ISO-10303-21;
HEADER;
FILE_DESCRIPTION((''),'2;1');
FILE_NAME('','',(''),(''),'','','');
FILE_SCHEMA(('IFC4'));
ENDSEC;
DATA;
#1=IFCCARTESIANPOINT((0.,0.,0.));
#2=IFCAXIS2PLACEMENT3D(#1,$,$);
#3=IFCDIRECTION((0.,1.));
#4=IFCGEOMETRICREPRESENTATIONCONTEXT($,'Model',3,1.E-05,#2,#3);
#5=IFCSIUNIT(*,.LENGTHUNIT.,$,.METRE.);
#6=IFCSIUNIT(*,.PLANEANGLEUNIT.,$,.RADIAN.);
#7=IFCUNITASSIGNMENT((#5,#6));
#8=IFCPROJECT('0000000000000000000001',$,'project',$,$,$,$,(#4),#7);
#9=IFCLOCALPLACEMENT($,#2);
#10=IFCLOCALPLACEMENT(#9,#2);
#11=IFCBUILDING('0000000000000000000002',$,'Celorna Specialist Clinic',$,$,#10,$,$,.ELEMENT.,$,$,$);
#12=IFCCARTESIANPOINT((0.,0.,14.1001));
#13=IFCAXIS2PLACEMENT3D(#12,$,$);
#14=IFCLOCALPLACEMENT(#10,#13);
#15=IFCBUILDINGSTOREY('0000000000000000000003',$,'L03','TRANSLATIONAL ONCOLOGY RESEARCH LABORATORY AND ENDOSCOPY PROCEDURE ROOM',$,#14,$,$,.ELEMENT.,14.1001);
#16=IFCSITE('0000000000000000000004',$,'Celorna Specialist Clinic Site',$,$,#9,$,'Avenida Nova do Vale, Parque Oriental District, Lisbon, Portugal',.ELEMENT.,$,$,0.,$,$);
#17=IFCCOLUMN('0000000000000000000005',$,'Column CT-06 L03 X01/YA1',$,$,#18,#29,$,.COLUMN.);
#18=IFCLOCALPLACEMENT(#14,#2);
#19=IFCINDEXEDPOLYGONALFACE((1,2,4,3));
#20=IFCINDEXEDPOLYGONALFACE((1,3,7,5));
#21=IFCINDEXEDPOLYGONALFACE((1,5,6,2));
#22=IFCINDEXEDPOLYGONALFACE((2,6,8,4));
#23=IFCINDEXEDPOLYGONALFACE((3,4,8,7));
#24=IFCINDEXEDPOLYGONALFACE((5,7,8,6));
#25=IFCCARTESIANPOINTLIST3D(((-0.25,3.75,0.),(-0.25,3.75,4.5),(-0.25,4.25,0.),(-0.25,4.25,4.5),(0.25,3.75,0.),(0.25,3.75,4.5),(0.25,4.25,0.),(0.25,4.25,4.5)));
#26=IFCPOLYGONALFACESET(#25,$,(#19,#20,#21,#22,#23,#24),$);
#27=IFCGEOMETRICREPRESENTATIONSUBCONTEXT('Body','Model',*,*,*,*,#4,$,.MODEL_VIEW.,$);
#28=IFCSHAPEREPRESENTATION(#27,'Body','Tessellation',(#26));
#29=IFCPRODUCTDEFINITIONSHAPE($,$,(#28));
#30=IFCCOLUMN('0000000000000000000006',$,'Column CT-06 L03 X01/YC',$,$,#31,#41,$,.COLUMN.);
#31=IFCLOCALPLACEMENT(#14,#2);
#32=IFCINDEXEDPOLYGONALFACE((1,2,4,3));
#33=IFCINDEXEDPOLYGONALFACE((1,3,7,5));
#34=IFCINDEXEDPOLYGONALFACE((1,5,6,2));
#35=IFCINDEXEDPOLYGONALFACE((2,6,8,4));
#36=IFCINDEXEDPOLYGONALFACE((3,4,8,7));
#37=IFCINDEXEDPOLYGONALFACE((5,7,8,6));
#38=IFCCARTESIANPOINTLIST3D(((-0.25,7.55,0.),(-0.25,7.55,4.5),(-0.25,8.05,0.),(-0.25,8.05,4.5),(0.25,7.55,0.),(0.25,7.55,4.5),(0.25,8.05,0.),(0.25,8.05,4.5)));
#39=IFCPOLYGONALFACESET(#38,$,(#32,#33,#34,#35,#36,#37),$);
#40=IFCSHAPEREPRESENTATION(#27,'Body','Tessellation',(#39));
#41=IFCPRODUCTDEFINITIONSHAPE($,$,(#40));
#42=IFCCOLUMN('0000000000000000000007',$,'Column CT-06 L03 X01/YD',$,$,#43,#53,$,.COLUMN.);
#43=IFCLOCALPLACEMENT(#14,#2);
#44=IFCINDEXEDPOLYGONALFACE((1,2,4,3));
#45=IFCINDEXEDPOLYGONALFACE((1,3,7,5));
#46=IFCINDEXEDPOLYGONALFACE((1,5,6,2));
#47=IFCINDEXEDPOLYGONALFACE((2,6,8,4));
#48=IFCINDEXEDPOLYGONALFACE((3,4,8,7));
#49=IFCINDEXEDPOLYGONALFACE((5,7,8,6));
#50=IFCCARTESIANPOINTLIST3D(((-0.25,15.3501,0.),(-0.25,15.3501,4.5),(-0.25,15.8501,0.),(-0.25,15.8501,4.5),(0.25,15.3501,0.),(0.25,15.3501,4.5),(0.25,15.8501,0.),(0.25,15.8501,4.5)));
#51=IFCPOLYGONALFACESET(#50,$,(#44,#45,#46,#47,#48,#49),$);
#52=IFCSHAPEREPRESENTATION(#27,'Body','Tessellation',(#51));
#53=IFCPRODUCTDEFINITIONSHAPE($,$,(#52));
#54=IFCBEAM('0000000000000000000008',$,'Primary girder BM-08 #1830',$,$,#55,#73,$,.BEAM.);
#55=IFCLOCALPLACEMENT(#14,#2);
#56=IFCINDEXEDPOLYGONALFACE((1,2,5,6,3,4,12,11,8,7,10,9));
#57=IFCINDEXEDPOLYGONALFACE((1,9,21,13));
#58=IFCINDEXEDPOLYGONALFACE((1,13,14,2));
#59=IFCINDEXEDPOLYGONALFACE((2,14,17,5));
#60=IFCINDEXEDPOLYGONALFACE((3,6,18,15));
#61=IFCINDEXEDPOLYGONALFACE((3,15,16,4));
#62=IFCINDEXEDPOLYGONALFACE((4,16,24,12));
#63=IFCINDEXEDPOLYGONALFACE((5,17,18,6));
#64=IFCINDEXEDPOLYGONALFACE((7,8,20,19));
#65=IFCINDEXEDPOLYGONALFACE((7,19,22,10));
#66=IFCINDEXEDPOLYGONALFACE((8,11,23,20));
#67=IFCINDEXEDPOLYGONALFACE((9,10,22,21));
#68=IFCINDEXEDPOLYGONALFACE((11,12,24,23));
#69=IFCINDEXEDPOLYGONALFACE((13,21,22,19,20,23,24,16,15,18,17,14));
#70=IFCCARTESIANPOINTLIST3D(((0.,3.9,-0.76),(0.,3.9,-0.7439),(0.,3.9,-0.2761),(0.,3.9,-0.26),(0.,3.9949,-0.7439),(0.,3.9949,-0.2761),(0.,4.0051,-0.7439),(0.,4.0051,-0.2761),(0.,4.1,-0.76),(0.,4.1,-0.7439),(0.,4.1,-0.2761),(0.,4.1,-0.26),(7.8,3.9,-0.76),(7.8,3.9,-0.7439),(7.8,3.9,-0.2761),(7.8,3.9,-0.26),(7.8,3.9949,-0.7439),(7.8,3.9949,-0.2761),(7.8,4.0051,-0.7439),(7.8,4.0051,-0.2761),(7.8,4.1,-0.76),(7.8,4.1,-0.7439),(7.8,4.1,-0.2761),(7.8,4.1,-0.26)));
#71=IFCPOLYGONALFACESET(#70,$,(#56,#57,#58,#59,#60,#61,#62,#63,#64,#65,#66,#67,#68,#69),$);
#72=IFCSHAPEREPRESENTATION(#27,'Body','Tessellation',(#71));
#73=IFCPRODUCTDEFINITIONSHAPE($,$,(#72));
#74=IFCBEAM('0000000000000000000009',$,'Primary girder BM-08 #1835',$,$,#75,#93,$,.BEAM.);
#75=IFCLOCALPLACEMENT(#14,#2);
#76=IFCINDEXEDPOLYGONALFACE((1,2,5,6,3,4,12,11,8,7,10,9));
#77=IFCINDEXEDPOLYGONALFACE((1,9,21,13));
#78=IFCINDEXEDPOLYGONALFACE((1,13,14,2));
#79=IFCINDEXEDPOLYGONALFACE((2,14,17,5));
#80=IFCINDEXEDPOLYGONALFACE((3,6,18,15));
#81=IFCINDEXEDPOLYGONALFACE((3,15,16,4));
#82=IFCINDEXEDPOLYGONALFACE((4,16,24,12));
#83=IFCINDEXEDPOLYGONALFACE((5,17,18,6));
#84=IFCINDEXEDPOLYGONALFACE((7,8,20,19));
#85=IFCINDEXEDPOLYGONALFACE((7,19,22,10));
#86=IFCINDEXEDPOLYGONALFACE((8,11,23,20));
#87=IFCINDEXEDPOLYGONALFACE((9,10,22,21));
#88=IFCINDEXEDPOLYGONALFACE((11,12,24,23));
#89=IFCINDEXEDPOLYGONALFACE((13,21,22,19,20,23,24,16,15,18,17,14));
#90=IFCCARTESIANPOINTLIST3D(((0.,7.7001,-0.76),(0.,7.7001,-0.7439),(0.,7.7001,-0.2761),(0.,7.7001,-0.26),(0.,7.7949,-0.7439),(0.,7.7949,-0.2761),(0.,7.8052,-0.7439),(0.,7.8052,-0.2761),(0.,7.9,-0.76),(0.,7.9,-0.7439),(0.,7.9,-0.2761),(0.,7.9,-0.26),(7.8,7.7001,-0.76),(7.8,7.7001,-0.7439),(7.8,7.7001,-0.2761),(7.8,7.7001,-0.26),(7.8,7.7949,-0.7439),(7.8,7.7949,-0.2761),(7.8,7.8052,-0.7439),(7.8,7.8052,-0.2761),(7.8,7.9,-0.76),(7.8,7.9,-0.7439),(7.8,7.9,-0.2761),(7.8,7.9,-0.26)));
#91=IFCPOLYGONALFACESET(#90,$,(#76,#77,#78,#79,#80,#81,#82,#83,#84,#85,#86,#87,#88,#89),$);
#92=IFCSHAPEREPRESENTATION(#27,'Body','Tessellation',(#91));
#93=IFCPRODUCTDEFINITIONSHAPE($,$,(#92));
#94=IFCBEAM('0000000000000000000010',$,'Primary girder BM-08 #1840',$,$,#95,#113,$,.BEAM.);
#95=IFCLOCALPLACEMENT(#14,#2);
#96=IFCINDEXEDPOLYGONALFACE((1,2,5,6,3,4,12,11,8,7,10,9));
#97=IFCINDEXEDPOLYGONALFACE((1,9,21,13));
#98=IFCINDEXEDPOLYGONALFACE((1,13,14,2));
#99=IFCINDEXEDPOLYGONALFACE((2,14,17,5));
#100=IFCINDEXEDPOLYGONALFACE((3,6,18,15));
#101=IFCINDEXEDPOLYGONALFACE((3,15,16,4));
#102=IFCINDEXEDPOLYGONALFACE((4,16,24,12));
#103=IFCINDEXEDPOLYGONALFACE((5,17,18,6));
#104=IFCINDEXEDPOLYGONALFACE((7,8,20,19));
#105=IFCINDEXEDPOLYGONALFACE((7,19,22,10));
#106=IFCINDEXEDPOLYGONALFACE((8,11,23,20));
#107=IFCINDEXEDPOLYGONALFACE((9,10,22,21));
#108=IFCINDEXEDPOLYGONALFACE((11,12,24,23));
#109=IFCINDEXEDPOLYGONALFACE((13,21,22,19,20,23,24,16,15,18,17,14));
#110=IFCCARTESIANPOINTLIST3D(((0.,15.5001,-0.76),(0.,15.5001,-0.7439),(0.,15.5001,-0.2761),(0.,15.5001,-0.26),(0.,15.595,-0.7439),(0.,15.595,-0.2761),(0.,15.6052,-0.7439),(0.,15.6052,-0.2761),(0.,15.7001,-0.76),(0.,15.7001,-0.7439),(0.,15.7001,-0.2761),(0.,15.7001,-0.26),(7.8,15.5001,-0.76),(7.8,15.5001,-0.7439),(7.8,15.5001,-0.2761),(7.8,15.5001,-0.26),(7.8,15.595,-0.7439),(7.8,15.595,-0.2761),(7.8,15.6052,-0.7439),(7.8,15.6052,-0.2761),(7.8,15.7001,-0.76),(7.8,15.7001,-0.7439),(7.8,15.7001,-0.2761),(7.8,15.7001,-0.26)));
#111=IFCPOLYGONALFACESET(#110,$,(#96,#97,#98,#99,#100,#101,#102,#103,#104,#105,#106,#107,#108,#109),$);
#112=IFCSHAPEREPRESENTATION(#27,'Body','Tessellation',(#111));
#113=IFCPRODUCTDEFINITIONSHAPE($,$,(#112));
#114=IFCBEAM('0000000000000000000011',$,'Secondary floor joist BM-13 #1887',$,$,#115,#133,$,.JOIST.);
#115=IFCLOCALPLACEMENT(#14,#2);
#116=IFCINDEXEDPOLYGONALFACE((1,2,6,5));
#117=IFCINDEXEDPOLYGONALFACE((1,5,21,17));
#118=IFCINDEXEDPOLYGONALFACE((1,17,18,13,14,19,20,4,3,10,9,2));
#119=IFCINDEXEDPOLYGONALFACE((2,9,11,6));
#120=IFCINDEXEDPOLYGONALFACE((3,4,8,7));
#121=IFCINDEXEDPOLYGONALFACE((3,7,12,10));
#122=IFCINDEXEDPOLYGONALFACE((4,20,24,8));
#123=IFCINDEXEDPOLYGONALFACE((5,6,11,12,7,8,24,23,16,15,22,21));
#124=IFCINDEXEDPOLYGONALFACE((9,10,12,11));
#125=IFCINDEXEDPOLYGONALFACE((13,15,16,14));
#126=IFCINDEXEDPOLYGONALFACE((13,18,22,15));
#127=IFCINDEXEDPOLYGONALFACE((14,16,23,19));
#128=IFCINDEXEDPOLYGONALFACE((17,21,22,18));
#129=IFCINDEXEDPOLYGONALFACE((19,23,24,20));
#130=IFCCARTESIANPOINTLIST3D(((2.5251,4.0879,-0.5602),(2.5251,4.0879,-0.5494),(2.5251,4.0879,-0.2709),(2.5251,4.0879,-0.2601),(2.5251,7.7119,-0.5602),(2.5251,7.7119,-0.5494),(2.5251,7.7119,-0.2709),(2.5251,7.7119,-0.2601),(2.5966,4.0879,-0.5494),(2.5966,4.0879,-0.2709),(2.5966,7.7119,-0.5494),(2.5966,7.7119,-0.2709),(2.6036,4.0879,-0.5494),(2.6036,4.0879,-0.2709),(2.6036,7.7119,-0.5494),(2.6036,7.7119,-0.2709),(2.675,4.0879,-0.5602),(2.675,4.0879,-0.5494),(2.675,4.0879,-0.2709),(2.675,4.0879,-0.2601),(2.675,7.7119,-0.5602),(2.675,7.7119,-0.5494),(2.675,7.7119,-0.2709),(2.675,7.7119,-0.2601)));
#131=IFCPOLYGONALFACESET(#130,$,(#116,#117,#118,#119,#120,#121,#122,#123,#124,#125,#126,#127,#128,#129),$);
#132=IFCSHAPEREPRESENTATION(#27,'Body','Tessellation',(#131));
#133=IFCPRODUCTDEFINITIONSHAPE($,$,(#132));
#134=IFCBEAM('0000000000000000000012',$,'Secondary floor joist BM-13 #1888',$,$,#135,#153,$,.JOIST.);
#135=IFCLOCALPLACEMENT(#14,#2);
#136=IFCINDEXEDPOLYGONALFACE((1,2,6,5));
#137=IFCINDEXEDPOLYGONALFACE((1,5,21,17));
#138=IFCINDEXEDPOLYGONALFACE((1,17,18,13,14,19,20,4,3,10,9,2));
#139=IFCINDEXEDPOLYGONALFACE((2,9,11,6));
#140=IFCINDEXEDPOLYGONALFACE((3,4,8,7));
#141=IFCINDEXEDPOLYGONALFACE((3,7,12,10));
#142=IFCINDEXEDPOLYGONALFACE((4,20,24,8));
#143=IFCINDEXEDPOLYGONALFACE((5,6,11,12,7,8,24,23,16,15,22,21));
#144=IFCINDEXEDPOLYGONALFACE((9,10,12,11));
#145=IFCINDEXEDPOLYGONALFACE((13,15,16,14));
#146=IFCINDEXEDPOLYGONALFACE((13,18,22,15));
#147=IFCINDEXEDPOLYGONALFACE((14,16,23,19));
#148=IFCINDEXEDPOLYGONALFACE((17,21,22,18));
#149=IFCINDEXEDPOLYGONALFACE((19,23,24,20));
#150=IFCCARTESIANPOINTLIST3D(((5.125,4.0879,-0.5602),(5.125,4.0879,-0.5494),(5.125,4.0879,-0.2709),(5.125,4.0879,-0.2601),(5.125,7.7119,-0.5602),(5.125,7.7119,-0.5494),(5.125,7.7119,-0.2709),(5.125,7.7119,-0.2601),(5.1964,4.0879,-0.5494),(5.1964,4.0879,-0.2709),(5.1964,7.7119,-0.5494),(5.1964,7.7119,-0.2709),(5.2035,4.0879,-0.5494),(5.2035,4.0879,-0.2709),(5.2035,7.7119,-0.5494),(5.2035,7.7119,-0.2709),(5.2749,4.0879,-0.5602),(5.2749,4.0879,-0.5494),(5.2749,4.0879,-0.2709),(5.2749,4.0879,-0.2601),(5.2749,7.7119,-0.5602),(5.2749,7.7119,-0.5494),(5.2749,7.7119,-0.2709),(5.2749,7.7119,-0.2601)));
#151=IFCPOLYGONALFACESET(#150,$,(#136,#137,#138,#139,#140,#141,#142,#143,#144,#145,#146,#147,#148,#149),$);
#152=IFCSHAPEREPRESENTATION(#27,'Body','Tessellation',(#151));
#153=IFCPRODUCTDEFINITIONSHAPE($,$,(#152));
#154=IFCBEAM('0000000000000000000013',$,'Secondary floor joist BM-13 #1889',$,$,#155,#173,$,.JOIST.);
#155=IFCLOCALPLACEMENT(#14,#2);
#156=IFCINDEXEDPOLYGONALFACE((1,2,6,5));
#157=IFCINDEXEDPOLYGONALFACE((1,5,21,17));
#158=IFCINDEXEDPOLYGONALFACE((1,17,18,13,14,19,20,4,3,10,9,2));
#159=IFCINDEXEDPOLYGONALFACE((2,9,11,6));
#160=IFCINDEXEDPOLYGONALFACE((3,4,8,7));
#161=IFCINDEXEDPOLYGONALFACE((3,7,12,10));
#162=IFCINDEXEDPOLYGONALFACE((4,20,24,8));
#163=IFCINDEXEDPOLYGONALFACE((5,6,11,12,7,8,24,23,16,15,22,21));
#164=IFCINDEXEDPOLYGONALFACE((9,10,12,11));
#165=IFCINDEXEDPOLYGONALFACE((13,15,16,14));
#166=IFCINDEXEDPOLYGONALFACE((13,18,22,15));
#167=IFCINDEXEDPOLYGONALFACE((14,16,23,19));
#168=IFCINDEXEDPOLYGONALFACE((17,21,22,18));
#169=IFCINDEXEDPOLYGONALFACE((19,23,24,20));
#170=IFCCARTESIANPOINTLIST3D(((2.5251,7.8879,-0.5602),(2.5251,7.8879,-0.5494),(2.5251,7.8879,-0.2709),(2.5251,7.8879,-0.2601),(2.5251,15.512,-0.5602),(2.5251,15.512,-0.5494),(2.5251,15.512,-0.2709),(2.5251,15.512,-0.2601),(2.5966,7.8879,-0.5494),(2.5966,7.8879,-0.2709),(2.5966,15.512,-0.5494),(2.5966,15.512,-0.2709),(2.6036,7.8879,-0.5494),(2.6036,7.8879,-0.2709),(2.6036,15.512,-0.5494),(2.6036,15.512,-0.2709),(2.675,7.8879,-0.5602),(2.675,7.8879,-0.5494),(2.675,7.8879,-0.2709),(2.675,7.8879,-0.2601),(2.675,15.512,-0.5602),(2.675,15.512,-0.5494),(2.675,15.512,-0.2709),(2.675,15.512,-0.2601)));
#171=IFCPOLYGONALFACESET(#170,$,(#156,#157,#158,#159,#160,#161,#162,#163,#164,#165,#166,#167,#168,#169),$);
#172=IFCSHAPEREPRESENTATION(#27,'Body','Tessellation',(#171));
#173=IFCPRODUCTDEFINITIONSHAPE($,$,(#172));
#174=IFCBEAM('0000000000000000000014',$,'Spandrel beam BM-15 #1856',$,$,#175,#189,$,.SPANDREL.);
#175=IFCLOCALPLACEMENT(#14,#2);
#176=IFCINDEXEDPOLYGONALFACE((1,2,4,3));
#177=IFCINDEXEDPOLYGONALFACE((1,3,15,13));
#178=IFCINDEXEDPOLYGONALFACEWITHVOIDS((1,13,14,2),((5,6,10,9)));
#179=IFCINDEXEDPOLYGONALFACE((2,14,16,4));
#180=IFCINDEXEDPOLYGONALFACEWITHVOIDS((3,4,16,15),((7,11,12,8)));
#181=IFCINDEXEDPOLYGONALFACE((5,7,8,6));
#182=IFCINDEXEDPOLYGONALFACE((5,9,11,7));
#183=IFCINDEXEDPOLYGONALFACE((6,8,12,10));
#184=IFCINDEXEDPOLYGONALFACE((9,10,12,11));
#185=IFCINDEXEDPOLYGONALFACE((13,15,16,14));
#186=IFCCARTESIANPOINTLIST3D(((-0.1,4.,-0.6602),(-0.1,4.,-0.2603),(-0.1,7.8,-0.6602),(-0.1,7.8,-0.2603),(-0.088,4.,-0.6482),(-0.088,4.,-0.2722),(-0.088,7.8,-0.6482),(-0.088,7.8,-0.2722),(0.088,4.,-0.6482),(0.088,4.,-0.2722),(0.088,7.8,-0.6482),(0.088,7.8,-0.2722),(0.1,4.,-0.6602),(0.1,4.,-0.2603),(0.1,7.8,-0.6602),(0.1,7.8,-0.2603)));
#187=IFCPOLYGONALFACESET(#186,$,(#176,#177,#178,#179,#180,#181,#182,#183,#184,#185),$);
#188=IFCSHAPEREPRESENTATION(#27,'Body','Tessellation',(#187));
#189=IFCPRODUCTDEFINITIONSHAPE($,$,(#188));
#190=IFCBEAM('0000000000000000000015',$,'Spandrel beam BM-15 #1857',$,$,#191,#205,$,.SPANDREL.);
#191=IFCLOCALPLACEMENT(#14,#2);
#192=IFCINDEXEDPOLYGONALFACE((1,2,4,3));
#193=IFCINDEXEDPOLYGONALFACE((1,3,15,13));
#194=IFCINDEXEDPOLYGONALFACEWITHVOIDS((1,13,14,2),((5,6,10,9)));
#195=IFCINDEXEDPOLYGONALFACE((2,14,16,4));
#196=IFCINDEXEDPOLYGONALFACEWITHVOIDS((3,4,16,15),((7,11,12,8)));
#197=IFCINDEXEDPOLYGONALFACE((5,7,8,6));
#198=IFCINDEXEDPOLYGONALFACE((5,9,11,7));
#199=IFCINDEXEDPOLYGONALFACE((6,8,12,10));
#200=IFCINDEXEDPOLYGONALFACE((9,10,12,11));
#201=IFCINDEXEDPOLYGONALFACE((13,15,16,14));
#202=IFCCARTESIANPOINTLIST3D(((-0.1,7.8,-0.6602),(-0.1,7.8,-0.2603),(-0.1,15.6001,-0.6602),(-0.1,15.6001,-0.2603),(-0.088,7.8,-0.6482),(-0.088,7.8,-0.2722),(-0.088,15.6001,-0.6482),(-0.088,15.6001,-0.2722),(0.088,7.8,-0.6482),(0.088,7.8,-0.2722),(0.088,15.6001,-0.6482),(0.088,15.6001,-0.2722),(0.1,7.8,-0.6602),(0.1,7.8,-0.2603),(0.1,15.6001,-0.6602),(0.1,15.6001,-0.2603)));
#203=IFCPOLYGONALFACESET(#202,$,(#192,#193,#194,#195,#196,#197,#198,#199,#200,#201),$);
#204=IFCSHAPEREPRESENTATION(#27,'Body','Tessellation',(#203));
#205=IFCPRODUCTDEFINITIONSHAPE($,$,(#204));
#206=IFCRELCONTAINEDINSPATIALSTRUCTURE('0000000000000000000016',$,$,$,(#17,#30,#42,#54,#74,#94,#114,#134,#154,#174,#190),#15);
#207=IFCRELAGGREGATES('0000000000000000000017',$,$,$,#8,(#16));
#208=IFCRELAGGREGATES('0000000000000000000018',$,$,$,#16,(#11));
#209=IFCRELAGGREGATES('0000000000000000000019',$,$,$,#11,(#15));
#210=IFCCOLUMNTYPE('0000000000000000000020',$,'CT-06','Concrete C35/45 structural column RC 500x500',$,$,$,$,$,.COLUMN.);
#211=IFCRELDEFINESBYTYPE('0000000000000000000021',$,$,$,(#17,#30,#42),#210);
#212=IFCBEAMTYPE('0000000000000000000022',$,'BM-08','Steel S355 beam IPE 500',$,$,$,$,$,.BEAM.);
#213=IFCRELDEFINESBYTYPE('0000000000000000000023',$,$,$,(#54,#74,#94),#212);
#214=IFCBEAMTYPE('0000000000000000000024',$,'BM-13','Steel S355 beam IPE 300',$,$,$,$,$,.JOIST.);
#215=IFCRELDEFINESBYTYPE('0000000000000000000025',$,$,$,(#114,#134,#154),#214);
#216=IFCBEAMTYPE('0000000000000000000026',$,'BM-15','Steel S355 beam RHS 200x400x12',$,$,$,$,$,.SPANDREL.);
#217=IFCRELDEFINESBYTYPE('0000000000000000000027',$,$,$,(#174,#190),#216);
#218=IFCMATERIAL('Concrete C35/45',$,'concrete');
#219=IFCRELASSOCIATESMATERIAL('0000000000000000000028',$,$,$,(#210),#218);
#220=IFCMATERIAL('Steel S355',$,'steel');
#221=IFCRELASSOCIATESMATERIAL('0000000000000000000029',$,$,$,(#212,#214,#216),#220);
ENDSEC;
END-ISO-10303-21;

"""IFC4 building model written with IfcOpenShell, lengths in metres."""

from ifc_helpers import new_model, si_unit, direction, frame, origin, origin_2d, place, context, subcontext, project, spatial, rectangle, hollow_rectangle, i_section, extrude, material, material_profile, profile_set, type_object, element, save


model = new_model("IFC4")

# Units and contexts
model_context = context("Model", 3, precision=1e-05, world=origin(), true_north=direction((0.0, 1.0)))
body_context = subcontext(model_context, "Body", "Model", "MODEL_VIEW")
ifc_project = project(units=[si_unit("LENGTHUNIT", "METRE"), si_unit("PLANEANGLEUNIT", "RADIAN")], contexts=[model_context])

# Site, building, storey
site_placement = place(None, origin())
site = spatial("IfcSite", under=ifc_project, at=site_placement, Name="Celorna Specialist Clinic Site", LongName="Avenida Nova do Vale, Parque Oriental District, Lisbon, Portugal", CompositionType="ELEMENT", RefElevation=0.0)
building_placement = place(site_placement, origin())
building = spatial("IfcBuilding", under=site, at=building_placement, Name="Celorna Specialist Clinic", CompositionType="ELEMENT")
storey_placement = place(building_placement, frame((0.0, 0.0, 14.1001)))
storey = spatial("IfcBuildingStorey", under=building, at=storey_placement, Name="L03", Description="TRANSLATIONAL ONCOLOGY RESEARCH LABORATORY AND ENDOSCOPY PROCEDURE ROOM", CompositionType="ELEMENT", Elevation=14.1001)

# Columns
ifc_material_1 = material(Name="Concrete C35/45", Category="concrete")
ifc_material_profile_1 = material_profile(ifc_material_1, rectangle(XDim=0.5, YDim=0.5, at=origin_2d()), Name="RC 500x500")
ifc_profile_set_1 = profile_set([ifc_material_profile_1], Name="Concrete C35/45")
column_type = type_object("IfcColumnType", Name="CT-06", Description="Concrete C35/45 structural column RC 500x500", PredefinedType="COLUMN", material=ifc_profile_set_1)
for number, where, z_axis, x_axis, name in (
    (1, (0.0, 4.0, 0.0), (0.0, 0.0, 1.0), (1.0, 0.0, 0.0), "Column CT-06 L03 X01/YA1"),
    (2, (0.0, 7.8, 0.0), (0.0, 0.0, 1.0), (1.0, 0.0, 0.0), "Column CT-06 L03 X01/YC"),
    (3, (0.0, 15.6001, 0.0), (0.0, 0.0, 1.0), (1.0, 0.0, 0.0), "Column CT-06 L03 X01/YD"),
):
    element("IfcColumn", number, at=place(storey_placement, frame(where, z_axis=z_axis, x_axis=x_axis)), inside=storey, type_object=column_type, Name=name, PredefinedType="COLUMN", context=body_context, shape_type="SweptSolid", body=[
        extrude(rectangle(XDim=0.5, YDim=0.5, at=origin_2d()), origin(), (0.0, 0.0, 1.0), 4.5),
    ])

# Beams
ifc_material_2 = material(Name="Steel S355", Category="steel")
ifc_material_profile_2 = material_profile(ifc_material_2, i_section(OverallWidth=0.2, OverallDepth=0.5, WebThickness=0.0103, FlangeThickness=0.0161, at=origin_2d()), Name="IPE 500")
ifc_profile_set_2 = profile_set([ifc_material_profile_2], Name="Steel S355")
beam_type_1 = type_object("IfcBeamType", Name="BM-08", Description="Steel S355 beam IPE 500", PredefinedType="BEAM", material=ifc_profile_set_2)
for number, where, z_axis, x_axis, name in (
    (4, (0.0, 4.0, -0.51), (1.0, 0.0, 0.0), (0.0, 1.0, 0.0), "Primary girder BM-08 #1830"),
    (5, (0.0, 7.8, -0.51), (1.0, 0.0, 0.0), (0.0, 1.0, 0.0), "Primary girder BM-08 #1835"),
    (6, (0.0, 15.6001, -0.51), (1.0, 0.0, 0.0), (0.0, 1.0, 0.0), "Primary girder BM-08 #1840"),
):
    element("IfcBeam", number, at=place(storey_placement, frame(where, z_axis=z_axis, x_axis=x_axis)), inside=storey, type_object=beam_type_1, Name=name, PredefinedType="BEAM", context=body_context, shape_type="SweptSolid", body=[
        extrude(i_section(OverallWidth=0.2, OverallDepth=0.5, WebThickness=0.0103, FlangeThickness=0.0161, at=origin_2d()), origin(), (0.0, 0.0, 1.0), 7.8),
    ])
ifc_material_profile_3 = material_profile(ifc_material_2, i_section(OverallWidth=0.1499, OverallDepth=0.3, WebThickness=0.0071, FlangeThickness=0.0107, at=origin_2d()), Name="IPE 300")
ifc_profile_set_3 = profile_set([ifc_material_profile_3], Name="Steel S355")
beam_type_2 = type_object("IfcBeamType", Name="BM-13", Description="Steel S355 beam IPE 300", PredefinedType="JOIST", material=ifc_profile_set_3)
for number, where, z_axis, x_axis, name in (
    (7, (2.6001, 4.0879, -0.4102), (0.0, 1.0, 0.0), (-1.0, 0.0, 0.0), "Secondary floor joist BM-13 #1887"),
    (8, (5.2, 4.0879, -0.4102), (0.0, 1.0, 0.0), (-1.0, 0.0, 0.0), "Secondary floor joist BM-13 #1888"),
):
    element("IfcBeam", number, at=place(storey_placement, frame(where, z_axis=z_axis, x_axis=x_axis)), inside=storey, type_object=beam_type_2, Name=name, PredefinedType="JOIST", context=body_context, shape_type="SweptSolid", body=[
        extrude(i_section(OverallWidth=0.1499, OverallDepth=0.3, WebThickness=0.0071, FlangeThickness=0.0107, at=origin_2d()), origin(), (0.0, 0.0, 1.0), 3.624),
    ])
beam_1_placement = place(storey_placement, frame((2.6001, 7.8879, -0.4102), z_axis=(0.0, 1.0, 0.0), x_axis=(-1.0, 0.0, 0.0)))
element("IfcBeam", 9, at=beam_1_placement, inside=storey, type_object=beam_type_2, Name="Secondary floor joist BM-13 #1889", PredefinedType="JOIST", context=body_context, shape_type="SweptSolid", body=[
    extrude(i_section(OverallWidth=0.1499, OverallDepth=0.3, WebThickness=0.0071, FlangeThickness=0.0107, at=origin_2d()), origin(), (0.0, 0.0, 1.0), 7.624),
])
ifc_material_profile_4 = material_profile(ifc_material_2, hollow_rectangle(XDim=0.2, YDim=0.3999, WallThickness=0.012, at=origin_2d()), Name="RHS 200x400x12")
ifc_profile_set_4 = profile_set([ifc_material_profile_4], Name="Steel S355")
beam_type_3 = type_object("IfcBeamType", Name="BM-15", Description="Steel S355 beam RHS 200x400x12", PredefinedType="SPANDREL", material=ifc_profile_set_4)
beam_2_placement = place(storey_placement, frame((0.0, 4.0, -0.4602), z_axis=(0.0, 1.0, 0.0), x_axis=(-1.0, 0.0, 0.0)))
element("IfcBeam", 10, at=beam_2_placement, inside=storey, type_object=beam_type_3, Name="Spandrel beam BM-15 #1856", PredefinedType="SPANDREL", context=body_context, shape_type="SweptSolid", body=[
    extrude(hollow_rectangle(XDim=0.2, YDim=0.3999, WallThickness=0.012, at=origin_2d()), origin(), (0.0, 0.0, 1.0), 3.8),
])
beam_3_placement = place(storey_placement, frame((0.0, 7.8, -0.4602), z_axis=(0.0, 1.0, 0.0), x_axis=(-1.0, 0.0, 0.0)))
element("IfcBeam", 11, at=beam_3_placement, inside=storey, type_object=beam_type_3, Name="Spandrel beam BM-15 #1857", PredefinedType="SPANDREL", context=body_context, shape_type="SweptSolid", body=[
    extrude(hollow_rectangle(XDim=0.2, YDim=0.3999, WallThickness=0.012, at=origin_2d()), origin(), (0.0, 0.0, 1.0), 7.8),
])

save(model, "model.ifc")
